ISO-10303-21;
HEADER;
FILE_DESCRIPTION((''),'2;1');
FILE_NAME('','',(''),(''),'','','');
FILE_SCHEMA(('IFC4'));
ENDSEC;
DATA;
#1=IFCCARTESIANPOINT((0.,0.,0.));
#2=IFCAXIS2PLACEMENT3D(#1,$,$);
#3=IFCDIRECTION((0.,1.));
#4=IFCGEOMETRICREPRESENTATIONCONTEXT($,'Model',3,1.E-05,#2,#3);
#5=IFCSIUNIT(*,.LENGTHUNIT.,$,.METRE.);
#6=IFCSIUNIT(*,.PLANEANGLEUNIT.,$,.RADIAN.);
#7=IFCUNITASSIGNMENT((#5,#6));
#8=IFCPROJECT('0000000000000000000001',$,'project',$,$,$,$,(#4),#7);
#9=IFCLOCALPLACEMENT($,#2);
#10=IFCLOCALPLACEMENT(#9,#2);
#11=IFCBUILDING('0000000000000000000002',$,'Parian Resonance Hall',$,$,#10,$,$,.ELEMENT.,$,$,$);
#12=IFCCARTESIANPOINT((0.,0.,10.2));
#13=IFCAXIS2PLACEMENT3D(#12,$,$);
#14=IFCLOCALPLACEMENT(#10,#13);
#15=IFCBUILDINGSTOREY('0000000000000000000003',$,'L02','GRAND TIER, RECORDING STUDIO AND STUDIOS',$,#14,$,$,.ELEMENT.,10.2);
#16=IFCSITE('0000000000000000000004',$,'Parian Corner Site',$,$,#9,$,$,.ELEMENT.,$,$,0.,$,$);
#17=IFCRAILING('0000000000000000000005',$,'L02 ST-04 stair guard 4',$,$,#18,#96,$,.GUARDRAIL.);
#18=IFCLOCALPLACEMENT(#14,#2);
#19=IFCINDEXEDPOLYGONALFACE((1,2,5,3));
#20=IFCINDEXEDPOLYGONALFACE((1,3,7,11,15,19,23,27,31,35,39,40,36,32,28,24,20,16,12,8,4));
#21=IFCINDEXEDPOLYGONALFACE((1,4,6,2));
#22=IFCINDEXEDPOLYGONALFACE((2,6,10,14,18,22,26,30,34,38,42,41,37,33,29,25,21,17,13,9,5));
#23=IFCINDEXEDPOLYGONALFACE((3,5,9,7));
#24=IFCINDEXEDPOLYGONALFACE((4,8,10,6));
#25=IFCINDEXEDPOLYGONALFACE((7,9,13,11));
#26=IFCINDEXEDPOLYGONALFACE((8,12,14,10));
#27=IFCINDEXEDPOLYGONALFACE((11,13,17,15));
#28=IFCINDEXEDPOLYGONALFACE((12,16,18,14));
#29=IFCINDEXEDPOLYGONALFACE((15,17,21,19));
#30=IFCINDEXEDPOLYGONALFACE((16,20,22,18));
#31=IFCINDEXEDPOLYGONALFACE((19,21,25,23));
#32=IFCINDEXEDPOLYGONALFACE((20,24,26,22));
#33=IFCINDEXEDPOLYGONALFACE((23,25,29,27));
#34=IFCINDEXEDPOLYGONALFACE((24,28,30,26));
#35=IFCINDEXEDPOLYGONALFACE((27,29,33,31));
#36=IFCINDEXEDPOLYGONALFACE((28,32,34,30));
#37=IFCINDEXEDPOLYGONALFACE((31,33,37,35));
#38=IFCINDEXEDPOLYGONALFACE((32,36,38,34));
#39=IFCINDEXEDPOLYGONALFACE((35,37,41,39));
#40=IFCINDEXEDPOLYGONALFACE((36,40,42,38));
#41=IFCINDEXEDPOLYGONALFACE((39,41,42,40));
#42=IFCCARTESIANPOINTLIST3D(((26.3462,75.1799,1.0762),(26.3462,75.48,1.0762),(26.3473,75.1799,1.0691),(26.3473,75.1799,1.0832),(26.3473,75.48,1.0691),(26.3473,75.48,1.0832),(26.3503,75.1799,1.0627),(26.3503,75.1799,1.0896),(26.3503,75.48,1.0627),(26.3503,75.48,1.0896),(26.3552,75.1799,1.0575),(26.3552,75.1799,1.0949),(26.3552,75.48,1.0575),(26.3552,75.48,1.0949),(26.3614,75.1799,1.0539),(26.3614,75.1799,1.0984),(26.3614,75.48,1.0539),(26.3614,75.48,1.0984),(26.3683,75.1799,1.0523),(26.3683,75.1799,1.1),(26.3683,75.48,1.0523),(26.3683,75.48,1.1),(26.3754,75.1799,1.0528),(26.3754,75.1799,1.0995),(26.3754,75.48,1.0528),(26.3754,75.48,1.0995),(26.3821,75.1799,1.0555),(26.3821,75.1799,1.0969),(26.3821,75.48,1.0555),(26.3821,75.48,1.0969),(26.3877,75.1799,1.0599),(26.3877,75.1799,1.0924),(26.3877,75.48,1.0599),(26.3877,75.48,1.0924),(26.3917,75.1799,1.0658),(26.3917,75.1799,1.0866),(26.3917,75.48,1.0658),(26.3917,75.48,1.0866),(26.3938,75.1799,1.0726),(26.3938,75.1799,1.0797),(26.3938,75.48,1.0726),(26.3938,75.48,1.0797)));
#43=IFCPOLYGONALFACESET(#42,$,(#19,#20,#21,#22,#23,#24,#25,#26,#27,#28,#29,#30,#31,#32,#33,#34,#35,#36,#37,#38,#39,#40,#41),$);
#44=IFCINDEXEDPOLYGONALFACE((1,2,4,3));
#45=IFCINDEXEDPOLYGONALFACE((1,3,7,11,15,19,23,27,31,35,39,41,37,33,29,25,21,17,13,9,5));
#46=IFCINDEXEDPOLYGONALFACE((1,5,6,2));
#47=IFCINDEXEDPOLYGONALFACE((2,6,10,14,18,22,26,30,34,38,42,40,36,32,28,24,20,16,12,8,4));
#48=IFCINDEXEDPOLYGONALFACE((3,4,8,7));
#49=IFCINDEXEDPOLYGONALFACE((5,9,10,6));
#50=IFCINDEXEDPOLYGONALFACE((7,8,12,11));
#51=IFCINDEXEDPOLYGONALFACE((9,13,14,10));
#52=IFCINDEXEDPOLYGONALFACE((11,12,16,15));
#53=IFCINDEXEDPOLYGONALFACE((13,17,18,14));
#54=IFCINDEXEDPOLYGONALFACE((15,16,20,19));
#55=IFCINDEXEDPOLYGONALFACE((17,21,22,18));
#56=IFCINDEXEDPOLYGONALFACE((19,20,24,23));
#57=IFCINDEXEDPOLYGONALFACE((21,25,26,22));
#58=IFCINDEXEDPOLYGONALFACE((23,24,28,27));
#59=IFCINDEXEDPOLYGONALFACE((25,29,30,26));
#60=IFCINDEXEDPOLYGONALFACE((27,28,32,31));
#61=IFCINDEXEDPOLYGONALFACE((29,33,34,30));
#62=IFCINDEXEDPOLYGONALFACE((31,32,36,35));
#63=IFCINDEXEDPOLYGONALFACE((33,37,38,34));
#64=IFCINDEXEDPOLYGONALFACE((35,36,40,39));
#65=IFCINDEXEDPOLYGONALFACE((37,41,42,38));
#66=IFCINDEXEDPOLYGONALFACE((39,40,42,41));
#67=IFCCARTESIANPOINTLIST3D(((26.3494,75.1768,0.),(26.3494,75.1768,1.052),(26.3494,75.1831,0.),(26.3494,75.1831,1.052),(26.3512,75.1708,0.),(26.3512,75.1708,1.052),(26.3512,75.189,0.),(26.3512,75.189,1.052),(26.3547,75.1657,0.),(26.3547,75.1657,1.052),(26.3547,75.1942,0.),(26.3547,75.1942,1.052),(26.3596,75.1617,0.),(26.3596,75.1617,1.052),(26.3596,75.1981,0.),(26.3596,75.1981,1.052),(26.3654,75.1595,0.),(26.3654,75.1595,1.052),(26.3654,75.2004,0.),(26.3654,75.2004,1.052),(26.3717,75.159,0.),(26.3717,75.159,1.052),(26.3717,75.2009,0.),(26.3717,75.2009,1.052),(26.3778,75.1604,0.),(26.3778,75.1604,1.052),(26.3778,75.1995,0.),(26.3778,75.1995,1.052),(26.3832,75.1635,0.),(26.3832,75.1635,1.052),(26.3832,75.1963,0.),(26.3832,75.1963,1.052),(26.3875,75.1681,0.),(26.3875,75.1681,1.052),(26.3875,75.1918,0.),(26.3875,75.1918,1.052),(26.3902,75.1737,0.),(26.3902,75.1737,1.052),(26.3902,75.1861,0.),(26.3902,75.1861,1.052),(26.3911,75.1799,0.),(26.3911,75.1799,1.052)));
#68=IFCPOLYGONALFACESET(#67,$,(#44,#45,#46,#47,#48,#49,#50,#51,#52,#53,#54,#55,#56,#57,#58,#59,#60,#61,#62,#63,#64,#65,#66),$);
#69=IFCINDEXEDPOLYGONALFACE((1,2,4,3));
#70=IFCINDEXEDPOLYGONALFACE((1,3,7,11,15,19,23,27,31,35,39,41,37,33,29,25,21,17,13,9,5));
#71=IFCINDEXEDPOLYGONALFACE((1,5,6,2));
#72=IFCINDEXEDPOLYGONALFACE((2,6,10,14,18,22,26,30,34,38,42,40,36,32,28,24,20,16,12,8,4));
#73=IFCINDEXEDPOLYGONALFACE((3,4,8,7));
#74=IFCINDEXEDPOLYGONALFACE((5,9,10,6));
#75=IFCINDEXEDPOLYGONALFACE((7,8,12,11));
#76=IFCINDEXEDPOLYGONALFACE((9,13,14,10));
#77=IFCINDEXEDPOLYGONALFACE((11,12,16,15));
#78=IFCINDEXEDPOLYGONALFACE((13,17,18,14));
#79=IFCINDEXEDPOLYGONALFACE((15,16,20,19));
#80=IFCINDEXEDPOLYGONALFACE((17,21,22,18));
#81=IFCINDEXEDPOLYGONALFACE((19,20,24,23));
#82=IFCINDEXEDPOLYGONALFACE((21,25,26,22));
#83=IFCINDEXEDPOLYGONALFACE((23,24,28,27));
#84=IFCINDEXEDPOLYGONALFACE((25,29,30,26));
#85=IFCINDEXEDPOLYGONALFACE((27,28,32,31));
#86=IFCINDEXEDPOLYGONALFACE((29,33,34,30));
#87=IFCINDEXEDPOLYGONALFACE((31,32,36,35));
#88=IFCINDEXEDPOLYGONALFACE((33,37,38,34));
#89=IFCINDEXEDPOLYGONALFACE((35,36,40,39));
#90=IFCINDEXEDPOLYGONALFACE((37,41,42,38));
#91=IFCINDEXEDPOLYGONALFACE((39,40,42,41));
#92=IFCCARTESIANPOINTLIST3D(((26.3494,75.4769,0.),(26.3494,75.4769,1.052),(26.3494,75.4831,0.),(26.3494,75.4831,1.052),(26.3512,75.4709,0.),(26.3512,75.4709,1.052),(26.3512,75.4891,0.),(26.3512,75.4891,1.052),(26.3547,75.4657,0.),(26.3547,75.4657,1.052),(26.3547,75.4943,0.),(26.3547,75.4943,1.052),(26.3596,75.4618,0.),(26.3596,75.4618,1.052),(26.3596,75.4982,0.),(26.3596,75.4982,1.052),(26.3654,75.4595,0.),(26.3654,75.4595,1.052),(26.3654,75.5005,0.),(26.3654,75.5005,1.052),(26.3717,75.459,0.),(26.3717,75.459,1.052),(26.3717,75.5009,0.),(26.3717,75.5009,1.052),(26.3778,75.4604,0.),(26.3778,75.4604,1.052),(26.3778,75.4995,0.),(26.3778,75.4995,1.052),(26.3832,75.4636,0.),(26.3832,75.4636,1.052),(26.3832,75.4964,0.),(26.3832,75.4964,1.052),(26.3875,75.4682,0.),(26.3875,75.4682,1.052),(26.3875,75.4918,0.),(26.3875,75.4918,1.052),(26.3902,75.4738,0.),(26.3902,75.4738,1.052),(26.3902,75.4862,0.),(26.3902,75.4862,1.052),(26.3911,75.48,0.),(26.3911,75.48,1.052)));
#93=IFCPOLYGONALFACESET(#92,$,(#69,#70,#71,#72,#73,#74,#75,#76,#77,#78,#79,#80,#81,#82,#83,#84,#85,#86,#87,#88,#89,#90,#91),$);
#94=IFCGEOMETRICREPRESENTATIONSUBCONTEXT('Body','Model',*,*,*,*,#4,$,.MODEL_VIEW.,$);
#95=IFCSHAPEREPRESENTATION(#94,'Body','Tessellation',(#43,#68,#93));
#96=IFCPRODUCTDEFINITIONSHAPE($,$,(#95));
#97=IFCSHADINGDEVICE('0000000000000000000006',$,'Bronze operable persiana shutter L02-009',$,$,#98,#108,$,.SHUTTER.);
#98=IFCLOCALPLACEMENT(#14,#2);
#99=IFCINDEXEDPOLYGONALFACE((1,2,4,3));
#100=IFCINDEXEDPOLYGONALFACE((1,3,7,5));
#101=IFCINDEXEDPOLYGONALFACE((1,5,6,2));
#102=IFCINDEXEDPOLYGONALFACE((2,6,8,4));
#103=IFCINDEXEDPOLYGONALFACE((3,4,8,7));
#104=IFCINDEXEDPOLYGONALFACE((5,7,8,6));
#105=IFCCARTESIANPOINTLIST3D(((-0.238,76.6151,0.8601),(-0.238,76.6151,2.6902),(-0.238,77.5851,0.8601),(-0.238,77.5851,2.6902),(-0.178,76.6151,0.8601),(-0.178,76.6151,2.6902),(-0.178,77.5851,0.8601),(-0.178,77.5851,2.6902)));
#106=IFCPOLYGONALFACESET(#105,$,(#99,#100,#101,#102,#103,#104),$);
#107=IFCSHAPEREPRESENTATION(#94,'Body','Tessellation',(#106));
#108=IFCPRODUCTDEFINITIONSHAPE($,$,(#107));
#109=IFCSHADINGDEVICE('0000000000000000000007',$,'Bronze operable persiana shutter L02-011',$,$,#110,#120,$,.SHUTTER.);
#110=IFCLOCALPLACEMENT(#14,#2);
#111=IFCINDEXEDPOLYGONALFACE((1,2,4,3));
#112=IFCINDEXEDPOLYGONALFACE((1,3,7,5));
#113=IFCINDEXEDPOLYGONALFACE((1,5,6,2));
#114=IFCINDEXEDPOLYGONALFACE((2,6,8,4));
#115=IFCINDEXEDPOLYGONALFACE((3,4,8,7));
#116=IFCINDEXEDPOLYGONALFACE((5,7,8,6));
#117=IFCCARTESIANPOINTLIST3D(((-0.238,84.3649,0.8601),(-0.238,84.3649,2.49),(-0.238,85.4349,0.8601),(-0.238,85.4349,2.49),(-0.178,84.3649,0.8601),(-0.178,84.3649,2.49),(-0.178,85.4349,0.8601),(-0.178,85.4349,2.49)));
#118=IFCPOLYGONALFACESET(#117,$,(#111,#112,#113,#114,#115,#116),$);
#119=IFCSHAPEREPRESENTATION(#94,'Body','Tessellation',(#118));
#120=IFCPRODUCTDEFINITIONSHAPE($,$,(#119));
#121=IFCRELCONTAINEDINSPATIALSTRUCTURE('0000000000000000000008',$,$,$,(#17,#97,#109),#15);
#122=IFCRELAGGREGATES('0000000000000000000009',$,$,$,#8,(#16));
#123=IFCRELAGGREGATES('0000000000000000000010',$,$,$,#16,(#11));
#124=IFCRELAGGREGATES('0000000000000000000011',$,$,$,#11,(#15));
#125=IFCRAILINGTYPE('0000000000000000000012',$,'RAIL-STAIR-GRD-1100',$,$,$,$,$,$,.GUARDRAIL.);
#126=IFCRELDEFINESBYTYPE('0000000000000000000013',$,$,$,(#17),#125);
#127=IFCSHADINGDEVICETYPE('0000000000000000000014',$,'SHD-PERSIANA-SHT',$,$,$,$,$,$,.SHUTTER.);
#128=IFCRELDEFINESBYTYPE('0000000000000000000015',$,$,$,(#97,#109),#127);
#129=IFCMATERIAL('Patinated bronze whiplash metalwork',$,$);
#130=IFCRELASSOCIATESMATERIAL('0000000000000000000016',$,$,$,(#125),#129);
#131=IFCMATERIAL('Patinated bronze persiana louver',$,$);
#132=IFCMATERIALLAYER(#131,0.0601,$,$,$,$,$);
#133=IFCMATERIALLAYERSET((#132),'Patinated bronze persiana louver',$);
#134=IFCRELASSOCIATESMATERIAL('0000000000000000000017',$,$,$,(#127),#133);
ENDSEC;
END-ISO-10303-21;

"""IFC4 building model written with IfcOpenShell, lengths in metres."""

from ifc_helpers import new_model, si_unit, direction, frame, origin, origin_2d, place, context, subcontext, project, spatial, rectangle, circle, extrude, material, layer, layer_set, type_object, element, save


model = new_model("IFC4")

# Units and contexts
model_context = context("Model", 3, precision=1e-05, world=origin(), true_north=direction((0.0, 1.0)))
body_context = subcontext(model_context, "Body", "Model", "MODEL_VIEW")
ifc_project = project(units=[si_unit("LENGTHUNIT", "METRE"), si_unit("PLANEANGLEUNIT", "RADIAN")], contexts=[model_context])

# Site, building, storey
site_placement = place(None, origin())
site = spatial("IfcSite", under=ifc_project, at=site_placement, Name="Parian Corner Site", CompositionType="ELEMENT", RefElevation=0.0)
building_placement = place(site_placement, origin())
building = spatial("IfcBuilding", under=site, at=building_placement, Name="Parian Resonance Hall", CompositionType="ELEMENT")
storey_placement = place(building_placement, frame((0.0, 0.0, 10.2)))
storey = spatial("IfcBuildingStorey", under=building, at=storey_placement, Name="L02", Description="GRAND TIER, RECORDING STUDIO AND STUDIOS", CompositionType="ELEMENT", Elevation=10.2)

# Railing
ifc_material_1 = material(Name="Patinated bronze whiplash metalwork")
railing_type = type_object("IfcRailingType", Name="RAIL-STAIR-GRD-1100", PredefinedType="GUARDRAIL", material=ifc_material_1)
railing_1_placement = place(storey_placement, frame((26.3701, 75.1799, 0.0)))
element("IfcRailing", 1, at=railing_1_placement, inside=storey, type_object=railing_type, Name="L02 ST-04 stair guard 4", PredefinedType="GUARDRAIL", context=body_context, shape_type="SweptSolid", body=[
    extrude(circle(Radius=0.0239, at=origin_2d()), frame((0.0, 0.0, 1.0762), z_axis=(0.0, 1.0, 0.0), x_axis=(-1.0, 0.0, 0.0)), (0.0, 0.0, 1.0), 0.3),
    extrude(circle(Radius=0.021, at=origin_2d()), origin(), (0.0, 0.0, 1.0), 1.052),
    extrude(circle(Radius=0.021, at=origin_2d()), frame((0.0, 0.3, 0.0)), (0.0, 0.0, 1.0), 1.052),
])

# Shading devices
ifc_material_2 = material(Name="Patinated bronze persiana louver")
ifc_layer_1 = layer(ifc_material_2, 0.0601)
ifc_layer_set_1 = layer_set([ifc_layer_1], Name="Patinated bronze persiana louver")
shading_device_type = type_object("IfcShadingDeviceType", Name="SHD-PERSIANA-SHT", PredefinedType="SHUTTER", material=ifc_layer_set_1)
shading_device_1_placement = place(storey_placement, frame((-0.208, 77.1001, 0.8601), z_axis=(0.0, 0.0, 1.0), x_axis=(0.0, 1.0, 0.0)))
element("IfcShadingDevice", 2, at=shading_device_1_placement, inside=storey, type_object=shading_device_type, Name="Bronze operable persiana shutter L02-009", PredefinedType="SHUTTER", context=body_context, shape_type="SweptSolid", body=[
    extrude(rectangle(XDim=0.97, YDim=0.0601, at=origin_2d()), origin(), (0.0, 0.0, 1.0), 1.8301),
])
shading_device_2_placement = place(storey_placement, frame((-0.208, 84.8999, 0.8601), z_axis=(0.0, 0.0, 1.0), x_axis=(0.0, 1.0, 0.0)))
element("IfcShadingDevice", 3, at=shading_device_2_placement, inside=storey, type_object=shading_device_type, Name="Bronze operable persiana shutter L02-011", PredefinedType="SHUTTER", context=body_context, shape_type="SweptSolid", body=[
    extrude(rectangle(XDim=1.0701, YDim=0.0601, at=origin_2d()), origin(), (0.0, 0.0, 1.0), 1.6299),
])

save(model, "model.ifc")
